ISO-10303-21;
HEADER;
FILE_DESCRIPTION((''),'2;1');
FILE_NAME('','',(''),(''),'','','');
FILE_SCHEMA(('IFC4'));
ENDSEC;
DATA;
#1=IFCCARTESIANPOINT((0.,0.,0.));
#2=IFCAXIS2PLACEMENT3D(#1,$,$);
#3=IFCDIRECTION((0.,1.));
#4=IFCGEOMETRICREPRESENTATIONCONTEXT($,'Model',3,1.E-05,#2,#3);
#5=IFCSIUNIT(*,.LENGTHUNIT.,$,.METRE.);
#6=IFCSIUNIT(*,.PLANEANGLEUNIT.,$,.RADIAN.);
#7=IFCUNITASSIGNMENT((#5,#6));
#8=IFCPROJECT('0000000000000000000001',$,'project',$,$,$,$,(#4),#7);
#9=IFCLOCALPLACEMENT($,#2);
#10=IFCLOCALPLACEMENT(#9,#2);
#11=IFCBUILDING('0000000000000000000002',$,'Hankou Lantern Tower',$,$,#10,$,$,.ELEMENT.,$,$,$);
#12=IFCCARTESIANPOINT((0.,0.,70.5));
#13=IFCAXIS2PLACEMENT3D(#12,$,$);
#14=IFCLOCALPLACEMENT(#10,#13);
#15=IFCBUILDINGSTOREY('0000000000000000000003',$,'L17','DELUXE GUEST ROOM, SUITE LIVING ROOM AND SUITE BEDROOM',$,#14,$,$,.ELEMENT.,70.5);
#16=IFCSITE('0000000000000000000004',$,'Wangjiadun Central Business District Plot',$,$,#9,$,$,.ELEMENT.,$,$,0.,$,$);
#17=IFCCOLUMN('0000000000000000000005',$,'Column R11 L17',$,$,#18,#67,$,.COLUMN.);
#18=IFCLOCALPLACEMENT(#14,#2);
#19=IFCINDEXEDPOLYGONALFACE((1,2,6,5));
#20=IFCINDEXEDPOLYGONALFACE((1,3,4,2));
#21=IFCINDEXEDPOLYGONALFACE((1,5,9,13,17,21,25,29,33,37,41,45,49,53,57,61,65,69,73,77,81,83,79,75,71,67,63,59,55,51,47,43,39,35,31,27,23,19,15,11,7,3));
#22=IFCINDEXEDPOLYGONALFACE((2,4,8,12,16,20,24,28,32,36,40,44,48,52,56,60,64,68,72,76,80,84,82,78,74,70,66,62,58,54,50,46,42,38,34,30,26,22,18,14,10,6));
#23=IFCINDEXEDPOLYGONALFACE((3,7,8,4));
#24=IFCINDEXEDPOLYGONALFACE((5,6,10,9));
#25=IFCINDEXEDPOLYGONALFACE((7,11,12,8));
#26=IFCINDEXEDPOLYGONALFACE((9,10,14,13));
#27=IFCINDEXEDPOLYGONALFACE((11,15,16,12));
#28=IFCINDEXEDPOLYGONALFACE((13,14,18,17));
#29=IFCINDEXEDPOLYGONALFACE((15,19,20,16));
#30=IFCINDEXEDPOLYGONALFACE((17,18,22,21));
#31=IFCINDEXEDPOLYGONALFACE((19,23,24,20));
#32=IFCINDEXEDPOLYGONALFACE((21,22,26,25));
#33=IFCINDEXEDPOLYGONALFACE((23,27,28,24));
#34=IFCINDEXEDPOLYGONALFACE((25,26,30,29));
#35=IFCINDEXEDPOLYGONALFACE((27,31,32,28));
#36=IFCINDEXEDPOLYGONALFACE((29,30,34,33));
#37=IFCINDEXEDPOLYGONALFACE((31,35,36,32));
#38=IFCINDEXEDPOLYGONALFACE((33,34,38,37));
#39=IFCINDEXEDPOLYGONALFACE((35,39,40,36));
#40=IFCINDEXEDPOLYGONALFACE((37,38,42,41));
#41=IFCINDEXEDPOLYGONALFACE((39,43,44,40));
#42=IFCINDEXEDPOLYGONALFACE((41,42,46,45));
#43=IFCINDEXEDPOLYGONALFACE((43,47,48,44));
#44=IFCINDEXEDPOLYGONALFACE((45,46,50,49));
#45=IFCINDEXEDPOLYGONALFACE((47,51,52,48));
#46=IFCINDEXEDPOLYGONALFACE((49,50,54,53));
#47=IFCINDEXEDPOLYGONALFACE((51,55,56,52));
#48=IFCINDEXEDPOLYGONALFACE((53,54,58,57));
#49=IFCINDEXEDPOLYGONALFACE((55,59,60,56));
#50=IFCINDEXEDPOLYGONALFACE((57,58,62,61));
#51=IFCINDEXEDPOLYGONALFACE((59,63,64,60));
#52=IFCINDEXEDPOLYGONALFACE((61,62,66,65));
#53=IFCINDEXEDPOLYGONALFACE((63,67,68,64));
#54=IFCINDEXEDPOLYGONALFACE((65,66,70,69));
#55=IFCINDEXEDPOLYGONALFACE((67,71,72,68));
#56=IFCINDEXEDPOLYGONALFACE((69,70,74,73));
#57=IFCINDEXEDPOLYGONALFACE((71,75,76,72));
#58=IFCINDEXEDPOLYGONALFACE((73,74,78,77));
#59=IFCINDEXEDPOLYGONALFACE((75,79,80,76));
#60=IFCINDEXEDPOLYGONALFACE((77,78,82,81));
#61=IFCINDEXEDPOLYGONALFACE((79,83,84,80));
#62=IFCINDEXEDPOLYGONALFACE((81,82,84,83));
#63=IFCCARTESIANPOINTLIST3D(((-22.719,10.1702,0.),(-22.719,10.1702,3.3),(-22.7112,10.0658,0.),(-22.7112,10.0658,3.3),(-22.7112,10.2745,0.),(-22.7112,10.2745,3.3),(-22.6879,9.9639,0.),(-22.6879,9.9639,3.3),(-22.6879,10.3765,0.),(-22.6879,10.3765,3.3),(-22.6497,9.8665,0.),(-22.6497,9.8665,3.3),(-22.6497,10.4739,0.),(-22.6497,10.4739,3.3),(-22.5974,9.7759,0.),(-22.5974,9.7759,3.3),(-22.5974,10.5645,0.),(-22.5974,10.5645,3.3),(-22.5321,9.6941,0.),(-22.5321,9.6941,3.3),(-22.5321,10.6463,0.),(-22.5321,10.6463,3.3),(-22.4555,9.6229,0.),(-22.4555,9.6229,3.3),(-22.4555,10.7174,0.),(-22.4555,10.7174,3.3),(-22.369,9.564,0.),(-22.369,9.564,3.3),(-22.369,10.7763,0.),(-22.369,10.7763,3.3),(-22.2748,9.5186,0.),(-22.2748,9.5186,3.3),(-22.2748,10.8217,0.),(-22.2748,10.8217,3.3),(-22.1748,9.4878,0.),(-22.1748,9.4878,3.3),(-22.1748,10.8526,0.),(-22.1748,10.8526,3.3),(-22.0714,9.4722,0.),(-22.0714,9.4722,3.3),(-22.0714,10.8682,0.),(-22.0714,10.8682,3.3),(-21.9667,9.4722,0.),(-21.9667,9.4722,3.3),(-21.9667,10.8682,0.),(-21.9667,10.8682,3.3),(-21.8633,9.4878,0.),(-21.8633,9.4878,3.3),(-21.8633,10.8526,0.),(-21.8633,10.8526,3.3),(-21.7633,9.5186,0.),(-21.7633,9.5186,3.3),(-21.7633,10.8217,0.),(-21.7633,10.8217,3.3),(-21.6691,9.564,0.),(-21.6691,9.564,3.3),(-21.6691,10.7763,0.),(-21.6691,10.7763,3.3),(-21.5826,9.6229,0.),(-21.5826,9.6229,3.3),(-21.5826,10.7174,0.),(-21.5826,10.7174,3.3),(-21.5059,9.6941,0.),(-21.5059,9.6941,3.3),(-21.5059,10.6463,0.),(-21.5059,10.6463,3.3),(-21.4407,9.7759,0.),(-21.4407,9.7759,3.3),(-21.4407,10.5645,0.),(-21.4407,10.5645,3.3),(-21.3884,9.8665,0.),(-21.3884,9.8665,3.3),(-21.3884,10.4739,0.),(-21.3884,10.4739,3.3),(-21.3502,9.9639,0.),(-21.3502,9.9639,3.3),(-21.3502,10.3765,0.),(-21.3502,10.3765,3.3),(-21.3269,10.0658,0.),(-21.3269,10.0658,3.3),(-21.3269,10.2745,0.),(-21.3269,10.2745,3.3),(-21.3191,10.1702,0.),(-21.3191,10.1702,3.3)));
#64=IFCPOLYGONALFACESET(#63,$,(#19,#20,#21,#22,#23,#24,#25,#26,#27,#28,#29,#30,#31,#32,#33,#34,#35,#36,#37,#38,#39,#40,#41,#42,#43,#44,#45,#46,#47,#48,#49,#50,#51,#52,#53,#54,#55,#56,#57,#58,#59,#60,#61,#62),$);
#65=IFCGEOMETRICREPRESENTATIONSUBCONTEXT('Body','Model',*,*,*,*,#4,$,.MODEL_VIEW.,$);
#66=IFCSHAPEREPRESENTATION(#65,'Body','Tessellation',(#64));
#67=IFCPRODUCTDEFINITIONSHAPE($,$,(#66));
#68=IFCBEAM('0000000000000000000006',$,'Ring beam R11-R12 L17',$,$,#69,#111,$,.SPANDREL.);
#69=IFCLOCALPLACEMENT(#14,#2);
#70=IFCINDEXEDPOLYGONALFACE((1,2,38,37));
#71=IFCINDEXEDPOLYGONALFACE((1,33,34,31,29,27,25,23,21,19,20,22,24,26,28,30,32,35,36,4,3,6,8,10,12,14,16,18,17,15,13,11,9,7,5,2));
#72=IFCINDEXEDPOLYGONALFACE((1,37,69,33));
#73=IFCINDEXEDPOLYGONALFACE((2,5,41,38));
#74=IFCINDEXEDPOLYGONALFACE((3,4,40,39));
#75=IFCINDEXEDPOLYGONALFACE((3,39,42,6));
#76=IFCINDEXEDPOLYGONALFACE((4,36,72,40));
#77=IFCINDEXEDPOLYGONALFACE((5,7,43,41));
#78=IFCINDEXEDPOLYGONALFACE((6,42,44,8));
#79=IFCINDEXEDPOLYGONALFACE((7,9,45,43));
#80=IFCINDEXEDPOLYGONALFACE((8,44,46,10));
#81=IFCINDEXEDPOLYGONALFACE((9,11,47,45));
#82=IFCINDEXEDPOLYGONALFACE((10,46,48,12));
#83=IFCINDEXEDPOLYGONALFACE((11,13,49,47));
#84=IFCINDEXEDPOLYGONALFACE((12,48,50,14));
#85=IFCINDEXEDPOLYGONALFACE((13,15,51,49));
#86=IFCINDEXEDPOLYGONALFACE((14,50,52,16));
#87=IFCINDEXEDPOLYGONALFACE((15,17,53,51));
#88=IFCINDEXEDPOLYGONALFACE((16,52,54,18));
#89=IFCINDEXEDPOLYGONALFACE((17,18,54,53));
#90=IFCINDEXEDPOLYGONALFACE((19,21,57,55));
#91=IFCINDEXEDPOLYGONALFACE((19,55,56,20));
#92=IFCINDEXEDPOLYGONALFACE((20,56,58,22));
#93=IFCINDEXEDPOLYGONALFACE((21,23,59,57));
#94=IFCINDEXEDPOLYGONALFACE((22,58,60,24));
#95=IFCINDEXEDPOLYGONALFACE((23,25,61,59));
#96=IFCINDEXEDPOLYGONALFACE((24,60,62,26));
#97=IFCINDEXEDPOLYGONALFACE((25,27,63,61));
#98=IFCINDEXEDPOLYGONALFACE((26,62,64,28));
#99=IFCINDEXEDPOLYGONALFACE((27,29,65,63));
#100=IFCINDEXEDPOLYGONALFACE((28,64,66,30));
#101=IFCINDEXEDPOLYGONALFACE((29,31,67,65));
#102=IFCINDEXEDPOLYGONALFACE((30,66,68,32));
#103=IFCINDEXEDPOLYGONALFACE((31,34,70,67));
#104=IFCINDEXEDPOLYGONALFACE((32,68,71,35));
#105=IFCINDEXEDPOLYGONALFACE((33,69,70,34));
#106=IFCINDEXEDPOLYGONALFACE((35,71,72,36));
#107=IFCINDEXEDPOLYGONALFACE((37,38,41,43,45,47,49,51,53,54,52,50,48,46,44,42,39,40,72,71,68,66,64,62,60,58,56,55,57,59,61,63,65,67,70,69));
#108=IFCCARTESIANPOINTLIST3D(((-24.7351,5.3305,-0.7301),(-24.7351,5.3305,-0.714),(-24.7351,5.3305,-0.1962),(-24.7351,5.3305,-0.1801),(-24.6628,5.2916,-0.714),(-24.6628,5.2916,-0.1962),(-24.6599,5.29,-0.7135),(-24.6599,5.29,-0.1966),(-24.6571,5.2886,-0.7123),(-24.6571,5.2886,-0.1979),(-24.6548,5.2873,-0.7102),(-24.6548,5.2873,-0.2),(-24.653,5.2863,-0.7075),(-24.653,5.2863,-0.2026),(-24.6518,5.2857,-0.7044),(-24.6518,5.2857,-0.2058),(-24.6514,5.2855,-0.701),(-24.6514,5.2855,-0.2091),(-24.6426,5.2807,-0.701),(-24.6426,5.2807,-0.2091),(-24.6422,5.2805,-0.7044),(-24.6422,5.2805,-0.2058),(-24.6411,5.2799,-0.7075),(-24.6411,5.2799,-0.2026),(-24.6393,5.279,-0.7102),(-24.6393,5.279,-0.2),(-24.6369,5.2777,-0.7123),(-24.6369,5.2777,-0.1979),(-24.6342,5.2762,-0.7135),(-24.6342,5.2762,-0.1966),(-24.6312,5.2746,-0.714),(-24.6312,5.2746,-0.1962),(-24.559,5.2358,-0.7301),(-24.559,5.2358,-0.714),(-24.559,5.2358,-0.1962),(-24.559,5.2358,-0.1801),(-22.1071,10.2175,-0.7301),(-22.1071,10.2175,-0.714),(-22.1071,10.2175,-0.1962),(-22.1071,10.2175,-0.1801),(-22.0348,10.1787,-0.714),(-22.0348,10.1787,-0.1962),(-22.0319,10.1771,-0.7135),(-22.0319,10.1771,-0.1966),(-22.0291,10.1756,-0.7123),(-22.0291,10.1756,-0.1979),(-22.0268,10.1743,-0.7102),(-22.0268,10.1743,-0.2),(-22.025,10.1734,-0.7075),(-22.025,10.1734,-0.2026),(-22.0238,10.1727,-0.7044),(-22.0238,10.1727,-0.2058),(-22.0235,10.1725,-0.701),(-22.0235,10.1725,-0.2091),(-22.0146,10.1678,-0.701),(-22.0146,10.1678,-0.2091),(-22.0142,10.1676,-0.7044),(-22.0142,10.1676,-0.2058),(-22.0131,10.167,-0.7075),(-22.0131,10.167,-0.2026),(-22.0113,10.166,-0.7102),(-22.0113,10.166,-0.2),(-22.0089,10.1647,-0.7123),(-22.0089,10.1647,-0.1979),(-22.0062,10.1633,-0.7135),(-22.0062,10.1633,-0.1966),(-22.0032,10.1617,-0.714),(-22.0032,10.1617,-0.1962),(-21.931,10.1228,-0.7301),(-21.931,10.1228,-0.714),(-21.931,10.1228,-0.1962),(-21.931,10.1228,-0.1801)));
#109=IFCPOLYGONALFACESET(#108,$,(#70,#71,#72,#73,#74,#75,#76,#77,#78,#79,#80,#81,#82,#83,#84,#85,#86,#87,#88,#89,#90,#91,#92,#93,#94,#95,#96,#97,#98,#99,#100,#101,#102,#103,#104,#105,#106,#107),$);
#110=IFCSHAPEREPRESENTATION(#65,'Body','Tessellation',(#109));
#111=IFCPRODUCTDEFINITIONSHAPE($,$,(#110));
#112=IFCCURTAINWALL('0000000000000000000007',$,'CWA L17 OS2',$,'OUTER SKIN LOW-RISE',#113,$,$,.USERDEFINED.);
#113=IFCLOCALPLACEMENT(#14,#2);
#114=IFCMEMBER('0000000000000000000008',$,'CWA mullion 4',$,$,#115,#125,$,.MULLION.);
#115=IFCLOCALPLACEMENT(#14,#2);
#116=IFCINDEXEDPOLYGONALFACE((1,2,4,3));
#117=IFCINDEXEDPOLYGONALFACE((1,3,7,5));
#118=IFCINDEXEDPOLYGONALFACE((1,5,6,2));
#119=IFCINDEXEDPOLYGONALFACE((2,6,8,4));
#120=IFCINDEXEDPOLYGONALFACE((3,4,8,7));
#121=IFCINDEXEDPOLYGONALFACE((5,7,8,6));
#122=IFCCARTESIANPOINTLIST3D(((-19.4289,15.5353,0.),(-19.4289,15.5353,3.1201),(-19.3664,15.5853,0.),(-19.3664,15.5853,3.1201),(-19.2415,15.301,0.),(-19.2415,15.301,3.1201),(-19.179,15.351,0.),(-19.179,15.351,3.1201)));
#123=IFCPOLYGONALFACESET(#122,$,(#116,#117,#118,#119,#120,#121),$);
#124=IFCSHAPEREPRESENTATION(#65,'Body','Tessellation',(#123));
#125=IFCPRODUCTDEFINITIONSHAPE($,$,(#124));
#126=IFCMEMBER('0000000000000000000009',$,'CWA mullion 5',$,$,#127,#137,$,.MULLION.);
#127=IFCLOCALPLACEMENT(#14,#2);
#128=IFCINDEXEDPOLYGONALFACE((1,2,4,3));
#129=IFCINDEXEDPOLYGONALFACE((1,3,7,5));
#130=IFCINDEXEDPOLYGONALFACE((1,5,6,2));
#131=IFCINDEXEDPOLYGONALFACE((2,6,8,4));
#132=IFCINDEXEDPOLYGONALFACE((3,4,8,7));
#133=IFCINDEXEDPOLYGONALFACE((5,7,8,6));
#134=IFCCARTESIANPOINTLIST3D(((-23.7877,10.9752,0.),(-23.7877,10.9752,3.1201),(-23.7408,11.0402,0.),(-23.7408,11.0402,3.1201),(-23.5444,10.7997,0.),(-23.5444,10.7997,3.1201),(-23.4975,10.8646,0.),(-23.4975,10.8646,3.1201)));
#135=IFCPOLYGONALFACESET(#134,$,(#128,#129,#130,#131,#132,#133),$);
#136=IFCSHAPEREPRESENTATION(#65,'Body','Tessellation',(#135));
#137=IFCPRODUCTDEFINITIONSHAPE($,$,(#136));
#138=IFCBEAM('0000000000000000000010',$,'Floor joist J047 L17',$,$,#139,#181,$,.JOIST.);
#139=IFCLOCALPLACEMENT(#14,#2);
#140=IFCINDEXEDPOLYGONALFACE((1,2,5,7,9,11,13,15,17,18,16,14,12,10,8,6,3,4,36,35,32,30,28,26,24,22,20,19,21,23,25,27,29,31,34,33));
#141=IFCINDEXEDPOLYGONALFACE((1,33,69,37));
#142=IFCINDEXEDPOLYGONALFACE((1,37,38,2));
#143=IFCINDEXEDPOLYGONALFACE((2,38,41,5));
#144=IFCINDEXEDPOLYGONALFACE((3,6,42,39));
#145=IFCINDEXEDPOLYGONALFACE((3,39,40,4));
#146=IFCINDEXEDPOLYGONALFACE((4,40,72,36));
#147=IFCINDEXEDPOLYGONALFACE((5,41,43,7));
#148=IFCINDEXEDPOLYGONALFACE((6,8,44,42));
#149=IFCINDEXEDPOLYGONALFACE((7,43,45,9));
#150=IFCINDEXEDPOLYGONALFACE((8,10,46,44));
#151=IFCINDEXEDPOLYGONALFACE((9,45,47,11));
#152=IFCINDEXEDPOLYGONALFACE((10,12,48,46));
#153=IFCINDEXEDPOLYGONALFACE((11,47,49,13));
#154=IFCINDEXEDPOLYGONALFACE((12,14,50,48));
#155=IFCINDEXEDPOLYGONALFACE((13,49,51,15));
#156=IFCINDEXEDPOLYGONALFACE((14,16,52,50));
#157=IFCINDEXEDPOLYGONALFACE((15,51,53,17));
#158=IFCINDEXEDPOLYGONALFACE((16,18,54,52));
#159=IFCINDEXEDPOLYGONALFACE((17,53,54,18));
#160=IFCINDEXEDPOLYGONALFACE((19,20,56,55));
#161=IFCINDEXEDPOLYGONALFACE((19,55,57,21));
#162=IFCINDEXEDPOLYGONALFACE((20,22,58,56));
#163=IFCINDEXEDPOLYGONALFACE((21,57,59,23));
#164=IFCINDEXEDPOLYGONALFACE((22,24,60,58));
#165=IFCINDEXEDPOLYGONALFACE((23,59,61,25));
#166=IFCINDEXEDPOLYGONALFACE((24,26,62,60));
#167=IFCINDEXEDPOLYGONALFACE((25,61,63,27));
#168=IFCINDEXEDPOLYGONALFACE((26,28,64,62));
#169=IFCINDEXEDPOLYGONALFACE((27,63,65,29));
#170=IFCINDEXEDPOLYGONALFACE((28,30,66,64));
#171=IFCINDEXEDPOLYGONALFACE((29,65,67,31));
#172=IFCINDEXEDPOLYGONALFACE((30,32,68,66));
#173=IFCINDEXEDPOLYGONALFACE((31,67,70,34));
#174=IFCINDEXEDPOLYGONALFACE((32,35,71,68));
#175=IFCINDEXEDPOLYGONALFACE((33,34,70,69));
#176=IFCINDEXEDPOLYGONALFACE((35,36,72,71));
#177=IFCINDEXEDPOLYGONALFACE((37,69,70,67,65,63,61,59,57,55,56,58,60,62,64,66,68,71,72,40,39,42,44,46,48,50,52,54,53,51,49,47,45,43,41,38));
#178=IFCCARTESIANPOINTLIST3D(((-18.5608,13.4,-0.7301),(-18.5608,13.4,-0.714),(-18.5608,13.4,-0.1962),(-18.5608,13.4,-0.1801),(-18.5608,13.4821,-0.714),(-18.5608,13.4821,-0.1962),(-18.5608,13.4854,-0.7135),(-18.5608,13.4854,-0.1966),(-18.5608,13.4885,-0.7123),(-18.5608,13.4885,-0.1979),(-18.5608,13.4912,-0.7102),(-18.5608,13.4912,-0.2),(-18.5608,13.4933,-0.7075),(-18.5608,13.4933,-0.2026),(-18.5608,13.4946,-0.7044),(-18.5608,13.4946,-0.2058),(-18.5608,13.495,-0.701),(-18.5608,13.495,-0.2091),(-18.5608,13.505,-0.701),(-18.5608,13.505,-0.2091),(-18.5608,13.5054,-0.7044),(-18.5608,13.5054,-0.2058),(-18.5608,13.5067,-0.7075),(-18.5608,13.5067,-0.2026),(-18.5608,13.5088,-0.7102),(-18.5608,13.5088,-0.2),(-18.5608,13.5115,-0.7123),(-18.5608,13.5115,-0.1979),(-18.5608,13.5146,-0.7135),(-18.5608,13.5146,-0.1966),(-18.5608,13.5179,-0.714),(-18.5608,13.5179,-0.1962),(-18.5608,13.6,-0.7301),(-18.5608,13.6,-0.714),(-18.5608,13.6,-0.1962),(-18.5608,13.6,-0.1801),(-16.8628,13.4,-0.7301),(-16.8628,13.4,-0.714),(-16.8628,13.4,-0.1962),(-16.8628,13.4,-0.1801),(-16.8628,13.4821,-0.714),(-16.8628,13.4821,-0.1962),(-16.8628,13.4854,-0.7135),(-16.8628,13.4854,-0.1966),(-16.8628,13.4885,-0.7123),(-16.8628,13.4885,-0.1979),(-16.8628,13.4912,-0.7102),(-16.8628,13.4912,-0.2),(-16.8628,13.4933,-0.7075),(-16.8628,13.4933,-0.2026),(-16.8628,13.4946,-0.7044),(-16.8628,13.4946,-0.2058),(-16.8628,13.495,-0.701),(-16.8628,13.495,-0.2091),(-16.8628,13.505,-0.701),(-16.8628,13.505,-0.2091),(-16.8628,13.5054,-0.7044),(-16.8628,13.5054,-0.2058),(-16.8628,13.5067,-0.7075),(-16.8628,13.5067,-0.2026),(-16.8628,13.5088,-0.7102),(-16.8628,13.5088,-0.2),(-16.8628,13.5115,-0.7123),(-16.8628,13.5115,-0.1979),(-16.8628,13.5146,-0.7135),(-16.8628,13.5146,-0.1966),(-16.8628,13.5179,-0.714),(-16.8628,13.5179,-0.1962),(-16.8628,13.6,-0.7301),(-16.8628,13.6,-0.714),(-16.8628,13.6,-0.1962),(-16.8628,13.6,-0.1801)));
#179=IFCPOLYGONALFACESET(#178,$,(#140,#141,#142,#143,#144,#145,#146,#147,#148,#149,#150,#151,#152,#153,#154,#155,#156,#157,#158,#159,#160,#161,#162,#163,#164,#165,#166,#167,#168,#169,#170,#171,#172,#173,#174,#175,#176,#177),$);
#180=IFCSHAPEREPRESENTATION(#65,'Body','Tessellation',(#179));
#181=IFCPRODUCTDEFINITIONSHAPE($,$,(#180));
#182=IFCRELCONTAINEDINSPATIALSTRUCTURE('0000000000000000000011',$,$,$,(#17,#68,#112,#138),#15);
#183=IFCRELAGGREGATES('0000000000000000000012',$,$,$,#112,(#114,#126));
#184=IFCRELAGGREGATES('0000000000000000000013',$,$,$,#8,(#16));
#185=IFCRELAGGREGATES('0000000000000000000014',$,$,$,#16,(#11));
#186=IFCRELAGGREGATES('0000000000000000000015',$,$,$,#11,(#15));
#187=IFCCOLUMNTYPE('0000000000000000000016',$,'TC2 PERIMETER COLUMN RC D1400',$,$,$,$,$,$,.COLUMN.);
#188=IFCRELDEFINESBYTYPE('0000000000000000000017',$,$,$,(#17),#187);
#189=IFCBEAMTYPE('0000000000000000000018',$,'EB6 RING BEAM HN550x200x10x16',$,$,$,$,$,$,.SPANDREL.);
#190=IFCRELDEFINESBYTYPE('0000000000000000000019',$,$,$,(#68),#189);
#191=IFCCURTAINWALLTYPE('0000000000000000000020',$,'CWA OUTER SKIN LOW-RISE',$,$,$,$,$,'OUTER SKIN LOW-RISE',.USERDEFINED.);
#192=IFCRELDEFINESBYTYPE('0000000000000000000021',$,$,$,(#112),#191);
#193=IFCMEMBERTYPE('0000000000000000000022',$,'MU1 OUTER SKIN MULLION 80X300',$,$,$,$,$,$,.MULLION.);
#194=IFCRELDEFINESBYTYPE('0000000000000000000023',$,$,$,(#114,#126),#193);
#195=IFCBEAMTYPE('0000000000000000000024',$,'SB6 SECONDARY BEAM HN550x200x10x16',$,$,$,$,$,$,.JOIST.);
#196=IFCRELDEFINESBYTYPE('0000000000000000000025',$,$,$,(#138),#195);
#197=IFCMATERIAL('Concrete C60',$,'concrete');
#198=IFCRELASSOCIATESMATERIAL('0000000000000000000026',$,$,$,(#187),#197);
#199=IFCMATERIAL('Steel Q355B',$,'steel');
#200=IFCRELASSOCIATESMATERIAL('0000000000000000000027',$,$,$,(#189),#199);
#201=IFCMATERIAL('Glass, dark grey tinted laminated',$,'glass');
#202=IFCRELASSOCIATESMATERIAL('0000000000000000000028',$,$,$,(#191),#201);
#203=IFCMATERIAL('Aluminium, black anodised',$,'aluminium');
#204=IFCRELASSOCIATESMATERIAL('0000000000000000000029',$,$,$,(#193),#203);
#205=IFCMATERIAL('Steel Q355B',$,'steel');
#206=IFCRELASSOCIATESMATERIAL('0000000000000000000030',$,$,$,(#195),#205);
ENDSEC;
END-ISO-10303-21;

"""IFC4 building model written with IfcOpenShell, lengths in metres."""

from ifc_helpers import new_model, si_unit, direction, frame, origin, origin_2d, place, context, subcontext, project, spatial, rectangle, circle, i_section, extrude, material, material_profile, profile_set, type_object, element, aggregate, save


model = new_model("IFC4")

# Units and contexts
model_context = context("Model", 3, precision=1e-05, world=origin(), true_north=direction((0.0, 1.0)))
body_context = subcontext(model_context, "Body", "Model", "MODEL_VIEW")
ifc_project = project(units=[si_unit("LENGTHUNIT", "METRE"), si_unit("PLANEANGLEUNIT", "RADIAN")], contexts=[model_context])

# Site, building, storey
site_placement = place(None, origin())
site = spatial("IfcSite", under=ifc_project, at=site_placement, Name="Wangjiadun Central Business District Plot", CompositionType="ELEMENT", RefElevation=0.0)
building_placement = place(site_placement, origin())
building = spatial("IfcBuilding", under=site, at=building_placement, Name="Hankou Lantern Tower", CompositionType="ELEMENT")
storey_placement = place(building_placement, frame((0.0, 0.0, 70.5)))
storey = spatial("IfcBuildingStorey", under=building, at=storey_placement, Name="L17", Description="DELUXE GUEST ROOM, SUITE LIVING ROOM AND SUITE BEDROOM", CompositionType="ELEMENT", Elevation=70.5)

# Column
ifc_material_1 = material(Name="Concrete C60", Category="concrete")
ifc_material_profile_1 = material_profile(ifc_material_1, circle(Radius=0.7, at=origin_2d()), Name="RC D1400")
ifc_profile_set_1 = profile_set([ifc_material_profile_1], Name="Concrete C60")
column_type = type_object("IfcColumnType", Name="TC2 PERIMETER COLUMN RC D1400", PredefinedType="COLUMN", material=ifc_profile_set_1)
column_placement = place(storey_placement, frame((-22.019, 10.1702, 0.0), z_axis=(0.0, 0.0, 1.0), x_axis=(1.0, 0.0, 0.0)))
element("IfcColumn", 1, at=column_placement, inside=storey, type_object=column_type, Name="Column R11 L17", PredefinedType="COLUMN", context=body_context, shape_type="SweptSolid", body=[
    extrude(circle(Radius=0.7, at=origin_2d()), origin(), (0.0, 0.0, 1.0), 3.3),
])

# Beam
ifc_material_2 = material(Name="Steel Q355B", Category="steel")
ifc_material_profile_2 = material_profile(ifc_material_2, i_section(OverallWidth=0.2, OverallDepth=0.55, WebThickness=0.01, FlangeThickness=0.0161, FilletRadius=0.0129, at=origin_2d()), Name="HN550x200x10x16")
ifc_profile_set_2 = profile_set([ifc_material_profile_2], Name="Steel Q355B")
beam_type_1 = type_object("IfcBeamType", Name="EB6 RING BEAM HN550x200x10x16", PredefinedType="SPANDREL", material=ifc_profile_set_2)
beam_1_placement = place(storey_placement, frame((-22.019, 10.1702, -0.4551), z_axis=(-0.473609, -0.880735, 0.0), x_axis=(0.880735, -0.473609, 0.0)))
element("IfcBeam", 2, at=beam_1_placement, inside=storey, type_object=beam_type_1, Name="Ring beam R11-R12 L17", PredefinedType="SPANDREL", context=body_context, shape_type="SweptSolid", body=[
    extrude(i_section(OverallWidth=0.2, OverallDepth=0.55, WebThickness=0.01, FlangeThickness=0.0161, FilletRadius=0.0129, at=origin_2d()), origin(), (0.0, 0.0, 1.0), 5.5488),
])

# Curtain wall, members
ifc_material_3 = material(Name="Glass, dark grey tinted laminated", Category="glass")
curtain_wall_type = type_object("IfcCurtainWallType", Name="CWA OUTER SKIN LOW-RISE", ElementType="OUTER SKIN LOW-RISE", PredefinedType="USERDEFINED", material=ifc_material_3)
curtain_wall_placement = place(storey_placement, origin())
curtain_wall = element("IfcCurtainWall", 3, at=curtain_wall_placement, inside=storey, type_object=curtain_wall_type, Name="CWA L17 OS2", ObjectType="OUTER SKIN LOW-RISE", PredefinedType="USERDEFINED")
ifc_material_4 = material(Name="Aluminium, black anodised", Category="aluminium")
ifc_material_profile_3 = material_profile(ifc_material_4, rectangle(XDim=0.0801, YDim=0.3, at=origin_2d()), Name="MU1 80X300")
ifc_profile_set_3 = profile_set([ifc_material_profile_3], Name="Aluminium, black anodised")
member_type_1 = type_object("IfcMemberType", Name="MU1 OUTER SKIN MULLION 80X300", PredefinedType="MULLION", material=ifc_profile_set_3)
member_1_placement = place(storey_placement, frame((-19.304, 15.4431, 0.0), z_axis=(0.0, 0.0, 1.0), x_axis=(-0.780869, -0.624695, 0.0)))
member_1 = element("IfcMember", 4, at=member_1_placement, type_object=member_type_1, Name="CWA mullion 4", PredefinedType="MULLION", context=body_context, shape_type="SweptSolid", body=[
    extrude(rectangle(XDim=0.0801, YDim=0.3, at=origin_2d()), origin(), (0.0, 0.0, 1.0), 3.1201),
])
member_2_placement = place(storey_placement, frame((-23.6426, 10.9199, 0.0), z_axis=(0.0, 0.0, 1.0), x_axis=(-0.585206, -0.810885, 0.0)))
member_2 = element("IfcMember", 5, at=member_2_placement, type_object=member_type_1, Name="CWA mullion 5", PredefinedType="MULLION", context=body_context, shape_type="SweptSolid", body=[
    extrude(rectangle(XDim=0.0801, YDim=0.3, at=origin_2d()), origin(), (0.0, 0.0, 1.0), 3.1201),
])

# Beam
ifc_material_5 = material(Name="Steel Q355B", Category="steel")
ifc_material_profile_4 = material_profile(ifc_material_5, i_section(OverallWidth=0.2, OverallDepth=0.55, WebThickness=0.01, FlangeThickness=0.0161, FilletRadius=0.0129, at=origin_2d()), Name="HN550x200x10x16")
ifc_profile_set_4 = profile_set([ifc_material_profile_4], Name="Steel Q355B")
beam_type_2 = type_object("IfcBeamType", Name="SB6 SECONDARY BEAM HN550x200x10x16", PredefinedType="JOIST", material=ifc_profile_set_4)
beam_2_placement = place(storey_placement, frame((-18.5608, 13.5, -0.4551), z_axis=(1.0, 0.0, 0.0), x_axis=(0.0, 1.0, 0.0)))
element("IfcBeam", 6, at=beam_2_placement, inside=storey, type_object=beam_type_2, Name="Floor joist J047 L17", PredefinedType="JOIST", context=body_context, shape_type="SweptSolid", body=[
    extrude(i_section(OverallWidth=0.2, OverallDepth=0.55, WebThickness=0.01, FlangeThickness=0.0161, FilletRadius=0.0129, at=origin_2d()), origin(), (0.0, 0.0, 1.0), 1.698),
])

aggregate(curtain_wall, [member_1, member_2])

save(model, "model.ifc")
